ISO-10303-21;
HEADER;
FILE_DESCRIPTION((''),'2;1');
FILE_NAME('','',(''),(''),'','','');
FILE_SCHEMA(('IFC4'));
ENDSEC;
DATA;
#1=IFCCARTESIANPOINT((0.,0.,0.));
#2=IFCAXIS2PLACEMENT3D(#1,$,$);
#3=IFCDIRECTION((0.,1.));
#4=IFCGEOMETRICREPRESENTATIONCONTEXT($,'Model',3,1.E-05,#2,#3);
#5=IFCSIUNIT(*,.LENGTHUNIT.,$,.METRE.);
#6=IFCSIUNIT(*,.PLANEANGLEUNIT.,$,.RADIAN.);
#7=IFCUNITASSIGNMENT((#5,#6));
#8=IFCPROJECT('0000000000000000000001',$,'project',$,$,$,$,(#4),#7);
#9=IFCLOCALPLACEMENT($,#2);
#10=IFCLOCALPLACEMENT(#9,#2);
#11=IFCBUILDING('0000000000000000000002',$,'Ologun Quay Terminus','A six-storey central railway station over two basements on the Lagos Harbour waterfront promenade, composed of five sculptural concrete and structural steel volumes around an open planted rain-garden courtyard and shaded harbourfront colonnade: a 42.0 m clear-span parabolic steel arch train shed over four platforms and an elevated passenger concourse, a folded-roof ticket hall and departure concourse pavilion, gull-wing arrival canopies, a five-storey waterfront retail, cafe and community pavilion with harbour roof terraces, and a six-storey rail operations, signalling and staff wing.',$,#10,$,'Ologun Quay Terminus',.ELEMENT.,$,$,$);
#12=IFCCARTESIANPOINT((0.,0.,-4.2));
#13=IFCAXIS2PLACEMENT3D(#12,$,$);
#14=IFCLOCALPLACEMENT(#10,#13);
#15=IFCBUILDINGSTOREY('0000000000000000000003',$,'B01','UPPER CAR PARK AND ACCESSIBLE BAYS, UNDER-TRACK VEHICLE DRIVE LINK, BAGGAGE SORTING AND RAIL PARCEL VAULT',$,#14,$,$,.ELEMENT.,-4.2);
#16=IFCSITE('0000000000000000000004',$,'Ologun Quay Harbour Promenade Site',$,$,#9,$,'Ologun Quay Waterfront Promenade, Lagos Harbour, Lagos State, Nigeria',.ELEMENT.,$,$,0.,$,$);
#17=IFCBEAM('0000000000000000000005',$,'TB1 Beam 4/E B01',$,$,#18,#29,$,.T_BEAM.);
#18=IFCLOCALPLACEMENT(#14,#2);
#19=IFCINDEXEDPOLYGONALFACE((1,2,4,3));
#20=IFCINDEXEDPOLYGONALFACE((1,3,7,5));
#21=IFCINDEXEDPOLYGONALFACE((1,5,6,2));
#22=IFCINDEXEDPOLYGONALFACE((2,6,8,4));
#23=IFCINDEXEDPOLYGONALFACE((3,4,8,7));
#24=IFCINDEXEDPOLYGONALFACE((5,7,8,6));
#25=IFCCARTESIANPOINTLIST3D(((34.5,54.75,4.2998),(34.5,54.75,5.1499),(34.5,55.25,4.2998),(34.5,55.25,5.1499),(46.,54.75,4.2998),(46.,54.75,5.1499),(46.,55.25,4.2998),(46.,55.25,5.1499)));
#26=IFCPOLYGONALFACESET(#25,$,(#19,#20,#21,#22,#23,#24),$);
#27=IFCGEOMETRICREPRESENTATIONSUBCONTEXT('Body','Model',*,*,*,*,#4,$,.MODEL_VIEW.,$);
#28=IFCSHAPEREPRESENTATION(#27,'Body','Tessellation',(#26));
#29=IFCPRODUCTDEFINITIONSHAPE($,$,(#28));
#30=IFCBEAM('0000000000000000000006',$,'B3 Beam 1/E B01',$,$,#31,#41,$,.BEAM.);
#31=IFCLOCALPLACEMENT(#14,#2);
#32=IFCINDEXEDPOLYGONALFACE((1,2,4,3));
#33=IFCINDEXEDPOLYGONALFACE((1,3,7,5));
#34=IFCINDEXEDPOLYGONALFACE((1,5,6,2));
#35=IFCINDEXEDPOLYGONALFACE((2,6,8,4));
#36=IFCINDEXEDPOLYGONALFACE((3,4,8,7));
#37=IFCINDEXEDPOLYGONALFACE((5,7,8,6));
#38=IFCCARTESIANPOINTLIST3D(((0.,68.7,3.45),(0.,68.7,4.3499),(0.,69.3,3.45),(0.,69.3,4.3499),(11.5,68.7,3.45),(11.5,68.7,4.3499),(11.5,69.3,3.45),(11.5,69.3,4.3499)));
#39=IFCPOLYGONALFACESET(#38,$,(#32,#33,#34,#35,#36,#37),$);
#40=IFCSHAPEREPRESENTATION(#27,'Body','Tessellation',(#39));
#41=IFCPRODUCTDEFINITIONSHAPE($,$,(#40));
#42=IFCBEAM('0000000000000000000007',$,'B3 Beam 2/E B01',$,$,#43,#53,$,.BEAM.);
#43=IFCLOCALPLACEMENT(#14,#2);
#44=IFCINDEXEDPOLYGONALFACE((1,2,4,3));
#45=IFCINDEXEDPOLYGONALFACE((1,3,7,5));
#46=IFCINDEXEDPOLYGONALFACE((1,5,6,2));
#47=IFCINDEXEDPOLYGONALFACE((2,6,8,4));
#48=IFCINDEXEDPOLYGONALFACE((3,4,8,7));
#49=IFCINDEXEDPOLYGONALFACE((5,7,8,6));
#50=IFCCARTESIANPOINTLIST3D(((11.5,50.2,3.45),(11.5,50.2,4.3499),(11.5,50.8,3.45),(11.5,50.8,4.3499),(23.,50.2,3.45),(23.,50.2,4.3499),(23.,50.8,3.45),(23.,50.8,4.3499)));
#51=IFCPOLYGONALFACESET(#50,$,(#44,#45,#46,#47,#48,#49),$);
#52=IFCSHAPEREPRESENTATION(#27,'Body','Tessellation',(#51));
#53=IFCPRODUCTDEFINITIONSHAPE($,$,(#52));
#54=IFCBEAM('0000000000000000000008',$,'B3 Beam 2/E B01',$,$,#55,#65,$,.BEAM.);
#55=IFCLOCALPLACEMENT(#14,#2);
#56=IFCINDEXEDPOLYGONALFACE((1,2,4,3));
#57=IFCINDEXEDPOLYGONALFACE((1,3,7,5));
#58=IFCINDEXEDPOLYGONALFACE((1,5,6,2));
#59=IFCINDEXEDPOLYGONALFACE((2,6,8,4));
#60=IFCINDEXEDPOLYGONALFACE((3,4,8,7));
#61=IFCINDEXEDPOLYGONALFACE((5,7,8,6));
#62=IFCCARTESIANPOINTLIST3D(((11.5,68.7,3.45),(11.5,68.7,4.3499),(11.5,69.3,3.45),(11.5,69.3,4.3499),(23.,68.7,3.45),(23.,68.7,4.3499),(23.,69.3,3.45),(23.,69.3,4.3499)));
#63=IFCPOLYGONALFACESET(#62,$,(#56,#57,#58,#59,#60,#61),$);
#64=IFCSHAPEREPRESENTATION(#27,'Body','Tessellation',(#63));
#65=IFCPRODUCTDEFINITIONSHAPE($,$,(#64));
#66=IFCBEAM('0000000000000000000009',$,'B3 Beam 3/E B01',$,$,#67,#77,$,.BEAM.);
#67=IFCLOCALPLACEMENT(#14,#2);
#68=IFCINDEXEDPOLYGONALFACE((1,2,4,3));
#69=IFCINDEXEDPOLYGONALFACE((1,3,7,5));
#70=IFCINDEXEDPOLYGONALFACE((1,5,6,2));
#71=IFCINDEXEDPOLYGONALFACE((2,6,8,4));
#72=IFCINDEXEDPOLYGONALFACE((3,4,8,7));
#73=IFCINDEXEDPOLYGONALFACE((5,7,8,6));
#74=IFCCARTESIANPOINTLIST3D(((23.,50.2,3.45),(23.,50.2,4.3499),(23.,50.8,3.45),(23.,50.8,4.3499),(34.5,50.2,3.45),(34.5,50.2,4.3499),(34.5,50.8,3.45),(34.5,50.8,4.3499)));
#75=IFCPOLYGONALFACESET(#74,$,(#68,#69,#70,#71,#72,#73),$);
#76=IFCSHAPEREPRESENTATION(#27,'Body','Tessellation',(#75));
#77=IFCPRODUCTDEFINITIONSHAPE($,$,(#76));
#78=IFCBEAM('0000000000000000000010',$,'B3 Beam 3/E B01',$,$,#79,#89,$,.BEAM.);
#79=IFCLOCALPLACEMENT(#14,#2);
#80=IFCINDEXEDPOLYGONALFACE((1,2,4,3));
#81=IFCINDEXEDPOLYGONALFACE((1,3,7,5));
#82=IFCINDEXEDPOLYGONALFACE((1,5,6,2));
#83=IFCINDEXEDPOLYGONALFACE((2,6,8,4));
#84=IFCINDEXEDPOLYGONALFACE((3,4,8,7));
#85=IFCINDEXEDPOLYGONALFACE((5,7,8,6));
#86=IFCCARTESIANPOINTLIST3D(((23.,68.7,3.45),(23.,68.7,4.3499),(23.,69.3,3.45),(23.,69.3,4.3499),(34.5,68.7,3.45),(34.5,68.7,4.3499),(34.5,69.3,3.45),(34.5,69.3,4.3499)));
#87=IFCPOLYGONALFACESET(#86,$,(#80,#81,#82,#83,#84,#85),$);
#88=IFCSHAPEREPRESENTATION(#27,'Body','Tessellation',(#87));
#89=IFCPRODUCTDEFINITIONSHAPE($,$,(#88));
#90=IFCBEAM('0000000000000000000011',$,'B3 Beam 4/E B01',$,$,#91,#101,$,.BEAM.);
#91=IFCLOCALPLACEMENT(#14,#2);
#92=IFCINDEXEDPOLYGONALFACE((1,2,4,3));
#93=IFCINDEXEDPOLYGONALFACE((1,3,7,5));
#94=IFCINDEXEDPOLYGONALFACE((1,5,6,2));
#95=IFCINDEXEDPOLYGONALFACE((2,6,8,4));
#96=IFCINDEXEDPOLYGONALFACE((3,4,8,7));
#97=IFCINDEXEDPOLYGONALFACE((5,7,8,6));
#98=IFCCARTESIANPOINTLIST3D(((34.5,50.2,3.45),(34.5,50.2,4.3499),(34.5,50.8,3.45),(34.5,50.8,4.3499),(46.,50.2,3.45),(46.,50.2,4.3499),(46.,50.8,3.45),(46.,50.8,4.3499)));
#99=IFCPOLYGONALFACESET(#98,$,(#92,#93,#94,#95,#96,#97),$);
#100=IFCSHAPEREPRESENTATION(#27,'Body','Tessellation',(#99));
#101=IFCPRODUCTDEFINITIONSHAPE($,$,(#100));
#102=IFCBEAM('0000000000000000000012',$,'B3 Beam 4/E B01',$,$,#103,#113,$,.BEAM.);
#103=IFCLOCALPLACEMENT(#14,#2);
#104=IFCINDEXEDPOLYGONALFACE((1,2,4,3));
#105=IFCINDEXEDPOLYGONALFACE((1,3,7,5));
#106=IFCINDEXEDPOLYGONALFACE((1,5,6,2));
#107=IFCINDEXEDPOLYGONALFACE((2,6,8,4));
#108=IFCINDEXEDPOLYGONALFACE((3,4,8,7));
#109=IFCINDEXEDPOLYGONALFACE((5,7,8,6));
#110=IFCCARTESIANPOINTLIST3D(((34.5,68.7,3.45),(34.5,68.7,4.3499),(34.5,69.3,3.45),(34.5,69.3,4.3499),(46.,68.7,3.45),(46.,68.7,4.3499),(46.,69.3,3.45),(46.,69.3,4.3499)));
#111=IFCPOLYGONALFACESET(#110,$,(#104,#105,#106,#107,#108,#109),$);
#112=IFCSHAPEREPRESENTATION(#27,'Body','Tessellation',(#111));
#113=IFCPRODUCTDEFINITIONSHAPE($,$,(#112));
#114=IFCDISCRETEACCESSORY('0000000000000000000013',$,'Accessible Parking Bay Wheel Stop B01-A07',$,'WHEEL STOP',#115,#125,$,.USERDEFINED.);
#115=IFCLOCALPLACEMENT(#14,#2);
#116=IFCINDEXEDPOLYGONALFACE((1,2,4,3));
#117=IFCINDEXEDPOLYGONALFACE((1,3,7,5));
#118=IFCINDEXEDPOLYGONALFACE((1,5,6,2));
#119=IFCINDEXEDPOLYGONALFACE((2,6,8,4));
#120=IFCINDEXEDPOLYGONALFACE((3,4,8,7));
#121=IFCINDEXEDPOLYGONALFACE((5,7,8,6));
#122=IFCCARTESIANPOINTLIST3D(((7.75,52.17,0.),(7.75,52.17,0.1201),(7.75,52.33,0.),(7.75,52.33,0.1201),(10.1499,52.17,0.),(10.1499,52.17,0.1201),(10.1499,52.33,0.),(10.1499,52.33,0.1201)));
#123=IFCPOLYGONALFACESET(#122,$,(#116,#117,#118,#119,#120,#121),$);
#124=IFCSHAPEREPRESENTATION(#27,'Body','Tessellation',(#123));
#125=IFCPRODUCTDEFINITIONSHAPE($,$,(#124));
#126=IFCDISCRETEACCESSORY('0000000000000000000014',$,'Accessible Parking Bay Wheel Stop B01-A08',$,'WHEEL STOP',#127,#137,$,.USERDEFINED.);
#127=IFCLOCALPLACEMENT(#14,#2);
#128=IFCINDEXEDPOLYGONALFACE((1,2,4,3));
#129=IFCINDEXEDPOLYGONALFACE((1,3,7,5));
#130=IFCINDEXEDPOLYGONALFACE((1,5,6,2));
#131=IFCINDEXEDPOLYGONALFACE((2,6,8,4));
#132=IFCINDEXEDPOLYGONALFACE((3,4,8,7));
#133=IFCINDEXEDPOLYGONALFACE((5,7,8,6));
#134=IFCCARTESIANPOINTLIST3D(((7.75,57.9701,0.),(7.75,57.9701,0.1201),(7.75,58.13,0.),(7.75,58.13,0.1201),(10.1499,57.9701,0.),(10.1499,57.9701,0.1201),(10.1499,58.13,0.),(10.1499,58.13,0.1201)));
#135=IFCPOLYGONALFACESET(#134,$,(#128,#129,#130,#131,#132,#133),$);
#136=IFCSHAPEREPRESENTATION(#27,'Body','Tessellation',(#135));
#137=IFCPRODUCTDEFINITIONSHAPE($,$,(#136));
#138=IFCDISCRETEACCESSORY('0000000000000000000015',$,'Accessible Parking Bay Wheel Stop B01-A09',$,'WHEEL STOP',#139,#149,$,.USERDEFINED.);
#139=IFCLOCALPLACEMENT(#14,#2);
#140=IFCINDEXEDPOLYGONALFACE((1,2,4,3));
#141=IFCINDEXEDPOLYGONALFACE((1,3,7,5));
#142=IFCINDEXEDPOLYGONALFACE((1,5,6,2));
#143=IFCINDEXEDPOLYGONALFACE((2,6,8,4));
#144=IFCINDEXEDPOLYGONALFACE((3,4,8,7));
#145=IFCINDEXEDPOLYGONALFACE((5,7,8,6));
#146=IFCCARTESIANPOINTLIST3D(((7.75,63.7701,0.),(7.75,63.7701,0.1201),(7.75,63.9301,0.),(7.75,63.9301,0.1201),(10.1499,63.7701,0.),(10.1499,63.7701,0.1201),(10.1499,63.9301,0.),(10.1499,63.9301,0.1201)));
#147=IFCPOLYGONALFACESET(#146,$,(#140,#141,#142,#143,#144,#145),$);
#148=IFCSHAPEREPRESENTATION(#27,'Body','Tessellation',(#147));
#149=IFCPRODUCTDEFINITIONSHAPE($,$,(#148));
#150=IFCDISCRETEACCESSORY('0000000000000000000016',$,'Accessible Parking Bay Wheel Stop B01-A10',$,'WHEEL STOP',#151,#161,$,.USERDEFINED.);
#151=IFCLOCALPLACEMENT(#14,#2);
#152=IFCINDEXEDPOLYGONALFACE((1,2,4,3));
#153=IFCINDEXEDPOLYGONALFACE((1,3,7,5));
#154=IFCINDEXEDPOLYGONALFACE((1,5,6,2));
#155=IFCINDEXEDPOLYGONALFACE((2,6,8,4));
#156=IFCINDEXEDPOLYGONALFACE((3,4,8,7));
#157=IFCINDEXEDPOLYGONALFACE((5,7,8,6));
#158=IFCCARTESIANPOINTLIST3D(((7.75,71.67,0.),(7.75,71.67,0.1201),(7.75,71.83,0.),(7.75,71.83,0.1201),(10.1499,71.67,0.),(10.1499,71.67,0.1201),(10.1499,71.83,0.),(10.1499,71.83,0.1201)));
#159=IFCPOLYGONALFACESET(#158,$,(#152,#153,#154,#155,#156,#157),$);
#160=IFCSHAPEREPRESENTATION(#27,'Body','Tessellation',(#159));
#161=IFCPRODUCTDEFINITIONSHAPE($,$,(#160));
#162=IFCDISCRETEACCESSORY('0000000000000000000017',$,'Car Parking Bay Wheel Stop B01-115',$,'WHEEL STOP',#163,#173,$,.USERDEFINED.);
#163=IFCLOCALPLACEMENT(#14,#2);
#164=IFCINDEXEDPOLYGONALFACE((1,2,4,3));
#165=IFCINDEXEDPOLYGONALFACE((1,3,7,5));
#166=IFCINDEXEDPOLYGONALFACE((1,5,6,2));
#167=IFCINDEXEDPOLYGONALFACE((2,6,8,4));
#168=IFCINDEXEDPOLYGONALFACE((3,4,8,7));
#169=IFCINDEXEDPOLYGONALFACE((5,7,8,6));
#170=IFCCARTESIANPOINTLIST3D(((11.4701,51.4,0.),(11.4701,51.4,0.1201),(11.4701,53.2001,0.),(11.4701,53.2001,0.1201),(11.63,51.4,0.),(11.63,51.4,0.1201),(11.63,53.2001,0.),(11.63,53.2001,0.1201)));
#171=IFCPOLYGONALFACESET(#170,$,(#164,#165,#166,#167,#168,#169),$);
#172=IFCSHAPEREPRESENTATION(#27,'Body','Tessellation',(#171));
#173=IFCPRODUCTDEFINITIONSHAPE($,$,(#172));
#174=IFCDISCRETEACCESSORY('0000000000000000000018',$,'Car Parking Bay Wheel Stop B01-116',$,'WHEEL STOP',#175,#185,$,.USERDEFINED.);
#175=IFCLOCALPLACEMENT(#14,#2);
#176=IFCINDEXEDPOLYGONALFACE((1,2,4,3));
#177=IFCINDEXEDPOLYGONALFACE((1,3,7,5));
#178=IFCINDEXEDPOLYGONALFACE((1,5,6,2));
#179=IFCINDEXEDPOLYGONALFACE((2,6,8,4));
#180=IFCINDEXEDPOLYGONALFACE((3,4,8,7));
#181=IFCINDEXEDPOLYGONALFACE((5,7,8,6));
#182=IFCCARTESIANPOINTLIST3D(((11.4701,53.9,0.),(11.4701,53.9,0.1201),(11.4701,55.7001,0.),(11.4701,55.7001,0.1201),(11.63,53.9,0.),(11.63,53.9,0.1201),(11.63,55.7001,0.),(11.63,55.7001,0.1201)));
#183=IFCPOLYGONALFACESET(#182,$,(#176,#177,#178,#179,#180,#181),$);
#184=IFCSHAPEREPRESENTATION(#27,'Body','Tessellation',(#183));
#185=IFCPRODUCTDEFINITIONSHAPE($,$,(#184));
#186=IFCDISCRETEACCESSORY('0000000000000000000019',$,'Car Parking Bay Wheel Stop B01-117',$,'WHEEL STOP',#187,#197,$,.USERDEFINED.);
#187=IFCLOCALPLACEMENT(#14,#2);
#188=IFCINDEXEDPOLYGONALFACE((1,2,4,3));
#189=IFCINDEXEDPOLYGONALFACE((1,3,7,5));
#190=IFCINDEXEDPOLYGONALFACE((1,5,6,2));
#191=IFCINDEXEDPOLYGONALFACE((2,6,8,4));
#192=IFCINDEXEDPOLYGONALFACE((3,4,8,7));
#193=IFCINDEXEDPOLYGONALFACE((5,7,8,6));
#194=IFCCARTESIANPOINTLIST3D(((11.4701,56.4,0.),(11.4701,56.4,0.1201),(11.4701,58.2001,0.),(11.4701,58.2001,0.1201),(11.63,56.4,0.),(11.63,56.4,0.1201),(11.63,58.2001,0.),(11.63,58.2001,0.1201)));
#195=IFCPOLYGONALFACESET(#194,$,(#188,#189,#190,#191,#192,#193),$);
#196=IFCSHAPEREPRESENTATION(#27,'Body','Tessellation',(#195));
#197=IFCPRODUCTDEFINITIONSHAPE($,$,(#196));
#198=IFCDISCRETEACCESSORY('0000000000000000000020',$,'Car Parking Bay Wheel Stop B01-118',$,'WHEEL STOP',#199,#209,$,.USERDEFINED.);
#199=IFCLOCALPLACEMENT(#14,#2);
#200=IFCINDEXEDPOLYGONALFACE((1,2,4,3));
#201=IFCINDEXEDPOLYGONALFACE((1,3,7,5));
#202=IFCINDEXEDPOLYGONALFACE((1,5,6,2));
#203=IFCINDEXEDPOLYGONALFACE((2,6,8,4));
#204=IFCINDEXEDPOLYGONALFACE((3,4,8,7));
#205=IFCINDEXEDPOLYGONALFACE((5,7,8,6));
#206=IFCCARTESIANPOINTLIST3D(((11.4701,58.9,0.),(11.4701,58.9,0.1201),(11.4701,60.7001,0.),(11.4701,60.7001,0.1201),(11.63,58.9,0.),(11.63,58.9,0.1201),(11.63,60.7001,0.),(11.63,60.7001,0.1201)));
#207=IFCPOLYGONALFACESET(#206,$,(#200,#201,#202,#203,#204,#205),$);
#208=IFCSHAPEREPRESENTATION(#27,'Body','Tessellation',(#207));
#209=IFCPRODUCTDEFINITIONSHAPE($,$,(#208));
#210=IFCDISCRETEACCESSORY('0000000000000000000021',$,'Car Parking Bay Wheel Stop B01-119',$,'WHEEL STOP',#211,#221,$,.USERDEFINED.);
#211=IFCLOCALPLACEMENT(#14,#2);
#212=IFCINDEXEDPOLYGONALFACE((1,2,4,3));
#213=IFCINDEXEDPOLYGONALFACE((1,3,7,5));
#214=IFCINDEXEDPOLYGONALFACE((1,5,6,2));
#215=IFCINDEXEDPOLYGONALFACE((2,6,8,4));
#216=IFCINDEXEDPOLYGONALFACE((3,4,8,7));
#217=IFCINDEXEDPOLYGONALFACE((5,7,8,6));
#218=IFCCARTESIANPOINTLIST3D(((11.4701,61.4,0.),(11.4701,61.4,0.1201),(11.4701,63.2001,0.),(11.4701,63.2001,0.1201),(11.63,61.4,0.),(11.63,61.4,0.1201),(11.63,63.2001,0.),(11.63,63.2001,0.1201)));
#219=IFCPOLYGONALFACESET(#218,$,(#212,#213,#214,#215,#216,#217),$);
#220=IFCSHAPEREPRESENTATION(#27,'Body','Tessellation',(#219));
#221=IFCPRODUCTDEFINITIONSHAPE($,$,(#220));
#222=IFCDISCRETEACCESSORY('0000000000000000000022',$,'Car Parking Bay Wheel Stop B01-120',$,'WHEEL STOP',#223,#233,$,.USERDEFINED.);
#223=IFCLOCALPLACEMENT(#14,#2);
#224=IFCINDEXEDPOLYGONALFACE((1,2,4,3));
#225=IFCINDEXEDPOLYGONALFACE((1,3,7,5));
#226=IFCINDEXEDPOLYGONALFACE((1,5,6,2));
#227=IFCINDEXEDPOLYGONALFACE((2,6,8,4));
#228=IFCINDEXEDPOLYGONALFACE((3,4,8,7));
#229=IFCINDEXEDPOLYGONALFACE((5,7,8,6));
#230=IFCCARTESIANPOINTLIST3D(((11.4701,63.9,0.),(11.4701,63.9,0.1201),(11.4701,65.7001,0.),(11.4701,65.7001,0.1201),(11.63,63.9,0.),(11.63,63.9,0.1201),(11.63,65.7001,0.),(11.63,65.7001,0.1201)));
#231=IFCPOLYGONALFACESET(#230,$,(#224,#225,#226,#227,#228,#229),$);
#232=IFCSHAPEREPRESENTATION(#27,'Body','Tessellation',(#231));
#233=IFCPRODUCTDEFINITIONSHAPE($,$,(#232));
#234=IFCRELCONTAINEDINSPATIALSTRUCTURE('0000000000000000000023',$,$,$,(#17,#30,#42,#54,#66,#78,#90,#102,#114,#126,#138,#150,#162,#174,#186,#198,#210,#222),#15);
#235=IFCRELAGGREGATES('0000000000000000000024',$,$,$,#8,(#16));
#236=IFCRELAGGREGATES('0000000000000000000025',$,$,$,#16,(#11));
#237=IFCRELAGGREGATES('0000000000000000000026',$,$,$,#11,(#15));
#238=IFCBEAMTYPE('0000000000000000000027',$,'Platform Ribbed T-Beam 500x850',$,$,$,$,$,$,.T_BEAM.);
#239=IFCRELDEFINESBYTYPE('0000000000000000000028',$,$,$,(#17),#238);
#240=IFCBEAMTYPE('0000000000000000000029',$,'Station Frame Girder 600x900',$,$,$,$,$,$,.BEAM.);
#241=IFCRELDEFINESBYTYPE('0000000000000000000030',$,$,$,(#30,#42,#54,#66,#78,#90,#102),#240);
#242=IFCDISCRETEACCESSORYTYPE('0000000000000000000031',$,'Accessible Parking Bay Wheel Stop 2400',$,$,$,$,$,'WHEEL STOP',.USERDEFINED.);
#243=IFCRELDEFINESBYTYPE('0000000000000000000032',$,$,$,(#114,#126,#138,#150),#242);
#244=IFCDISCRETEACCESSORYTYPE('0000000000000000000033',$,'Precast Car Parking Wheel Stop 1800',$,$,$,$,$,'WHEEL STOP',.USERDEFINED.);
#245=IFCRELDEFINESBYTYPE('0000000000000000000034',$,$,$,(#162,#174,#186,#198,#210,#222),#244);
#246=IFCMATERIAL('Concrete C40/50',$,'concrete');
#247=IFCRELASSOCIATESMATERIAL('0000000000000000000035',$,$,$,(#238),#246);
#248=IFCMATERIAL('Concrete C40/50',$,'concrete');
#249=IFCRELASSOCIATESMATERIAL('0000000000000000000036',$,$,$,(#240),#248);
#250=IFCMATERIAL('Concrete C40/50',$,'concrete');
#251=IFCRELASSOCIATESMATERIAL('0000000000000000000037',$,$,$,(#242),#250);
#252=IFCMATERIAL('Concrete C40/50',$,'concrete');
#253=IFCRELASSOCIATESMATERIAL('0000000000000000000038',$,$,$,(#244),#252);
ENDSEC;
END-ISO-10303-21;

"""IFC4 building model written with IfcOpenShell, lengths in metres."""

from ifc_helpers import new_model, si_unit, direction, frame, origin, origin_2d, place, context, subcontext, project, spatial, rectangle, extrude, material, material_profile, profile_set, type_object, element, save


model = new_model("IFC4")

# Units and contexts
model_context = context("Model", 3, precision=1e-05, world=origin(), true_north=direction((0.0, 1.0)))
body_context = subcontext(model_context, "Body", "Model", "MODEL_VIEW")
ifc_project = project(units=[si_unit("LENGTHUNIT", "METRE"), si_unit("PLANEANGLEUNIT", "RADIAN")], contexts=[model_context])

# Site, building, storey
site_placement = place(None, origin())
site = spatial("IfcSite", under=ifc_project, at=site_placement, Name="Ologun Quay Harbour Promenade Site", LongName="Ologun Quay Waterfront Promenade, Lagos Harbour, Lagos State, Nigeria", CompositionType="ELEMENT", RefElevation=0.0)
building_placement = place(site_placement, origin())
building = spatial("IfcBuilding", under=site, at=building_placement, Name="Ologun Quay Terminus", Description="A six-storey central railway station over two basements on the Lagos Harbour waterfront promenade, composed of five sculptural concrete and structural steel volumes around an open planted rain-garden courtyard and shaded harbourfront colonnade: a 42.0 m clear-span parabolic steel arch train shed over four platforms and an elevated passenger concourse, a folded-roof ticket hall and departure concourse pavilion, gull-wing arrival canopies, a five-storey waterfront retail, cafe and community pavilion with harbour roof terraces, and a six-storey rail operations, signalling and staff wing.", LongName="Ologun Quay Terminus", CompositionType="ELEMENT")
storey_placement = place(building_placement, frame((0.0, 0.0, -4.2)))
storey = spatial("IfcBuildingStorey", under=building, at=storey_placement, Name="B01", Description="UPPER CAR PARK AND ACCESSIBLE BAYS, UNDER-TRACK VEHICLE DRIVE LINK, BAGGAGE SORTING AND RAIL PARCEL VAULT", CompositionType="ELEMENT", Elevation=-4.2)

# Beams
ifc_material_1 = material(Name="Concrete C40/50", Category="concrete")
ifc_material_profile_1 = material_profile(ifc_material_1, rectangle(XDim=0.5, YDim=0.8501, at=origin_2d()), Name="RC 500x850")
ifc_profile_set_1 = profile_set([ifc_material_profile_1], Name="Concrete C40/50")
beam_type_1 = type_object("IfcBeamType", Name="Platform Ribbed T-Beam 500x850", PredefinedType="T_BEAM", material=ifc_profile_set_1)
for number, where, z_axis, x_axis, name in (
    (1, (34.5, 55.0, 4.7249), (1.0, 0.0, 0.0), (0.0, 1.0, 0.0), "TB1 Beam 4/E B01"),
):
    element("IfcBeam", number, at=place(storey_placement, frame(where, z_axis=z_axis, x_axis=x_axis)), inside=storey, type_object=beam_type_1, Name=name, PredefinedType="T_BEAM", context=body_context, shape_type="SweptSolid", body=[
        extrude(rectangle(XDim=0.5, YDim=0.8501, at=origin_2d()), origin(), (0.0, 0.0, 1.0), 11.5),
    ])
ifc_material_2 = material(Name="Concrete C40/50", Category="concrete")
ifc_material_profile_2 = material_profile(ifc_material_2, rectangle(XDim=0.6001, YDim=0.8999, at=origin_2d()), Name="RC 600x900")
ifc_profile_set_2 = profile_set([ifc_material_profile_2], Name="Concrete C40/50")
beam_type_2 = type_object("IfcBeamType", Name="Station Frame Girder 600x900", PredefinedType="BEAM", material=ifc_profile_set_2)
for number, where, z_axis, x_axis, name in (
    (2, (0.0, 69.0, 3.8999), (1.0, 0.0, 0.0), (0.0, 1.0, 0.0), "B3 Beam 1/E B01"),
    (3, (11.5, 50.5, 3.8999), (1.0, 0.0, 0.0), (0.0, 1.0, 0.0), "B3 Beam 2/E B01"),
    (4, (11.5, 69.0, 3.8999), (1.0, 0.0, 0.0), (0.0, 1.0, 0.0), "B3 Beam 2/E B01"),
    (5, (23.0, 50.5, 3.8999), (1.0, 0.0, 0.0), (0.0, 1.0, 0.0), "B3 Beam 3/E B01"),
    (6, (23.0, 69.0, 3.8999), (1.0, 0.0, 0.0), (0.0, 1.0, 0.0), "B3 Beam 3/E B01"),
    (7, (34.5, 50.5, 3.8999), (1.0, 0.0, 0.0), (0.0, 1.0, 0.0), "B3 Beam 4/E B01"),
    (8, (34.5, 69.0, 3.8999), (1.0, 0.0, 0.0), (0.0, 1.0, 0.0), "B3 Beam 4/E B01"),
):
    element("IfcBeam", number, at=place(storey_placement, frame(where, z_axis=z_axis, x_axis=x_axis)), inside=storey, type_object=beam_type_2, Name=name, PredefinedType="BEAM", context=body_context, shape_type="SweptSolid", body=[
        extrude(rectangle(XDim=0.6001, YDim=0.8999, at=origin_2d()), origin(), (0.0, 0.0, 1.0), 11.5),
    ])

# Discrete accessories
ifc_material_3 = material(Name="Concrete C40/50", Category="concrete")
discrete_accessory_type_1 = type_object("IfcDiscreteAccessoryType", Name="Accessible Parking Bay Wheel Stop 2400", ElementType="WHEEL STOP", PredefinedType="USERDEFINED", material=ifc_material_3)
for number, where, z_axis, x_axis, name in (
    (9, (8.95, 52.25, 0.0), (0.0, 0.0, 1.0), (1.0, 0.0, 0.0), "Accessible Parking Bay Wheel Stop B01-A07"),
    (10, (8.95, 58.05, 0.0), (0.0, 0.0, 1.0), (1.0, 0.0, 0.0), "Accessible Parking Bay Wheel Stop B01-A08"),
    (11, (8.95, 63.8501, 0.0), (0.0, 0.0, 1.0), (1.0, 0.0, 0.0), "Accessible Parking Bay Wheel Stop B01-A09"),
    (12, (8.95, 71.75, 0.0), (0.0, 0.0, 1.0), (1.0, 0.0, 0.0), "Accessible Parking Bay Wheel Stop B01-A10"),
):
    element("IfcDiscreteAccessory", number, at=place(storey_placement, frame(where, z_axis=z_axis, x_axis=x_axis)), inside=storey, type_object=discrete_accessory_type_1, Name=name, ObjectType="WHEEL STOP", PredefinedType="USERDEFINED", context=body_context, shape_type="SweptSolid", body=[
        extrude(rectangle(XDim=2.3999, YDim=0.1599, at=origin_2d()), origin(), (0.0, 0.0, 1.0), 0.1201),
    ])
ifc_material_4 = material(Name="Concrete C40/50", Category="concrete")
discrete_accessory_type_2 = type_object("IfcDiscreteAccessoryType", Name="Precast Car Parking Wheel Stop 1800", ElementType="WHEEL STOP", PredefinedType="USERDEFINED", material=ifc_material_4)
for number, where, z_axis, x_axis, name in (
    (13, (11.55, 52.3, 0.0), (0.0, 0.0, 1.0), (0.0, 1.0, 0.0), "Car Parking Bay Wheel Stop B01-115"),
    (14, (11.55, 54.8, 0.0), (0.0, 0.0, 1.0), (0.0, 1.0, 0.0), "Car Parking Bay Wheel Stop B01-116"),
    (15, (11.55, 57.3, 0.0), (0.0, 0.0, 1.0), (0.0, 1.0, 0.0), "Car Parking Bay Wheel Stop B01-117"),
    (16, (11.55, 59.8, 0.0), (0.0, 0.0, 1.0), (0.0, 1.0, 0.0), "Car Parking Bay Wheel Stop B01-118"),
    (17, (11.55, 62.3, 0.0), (0.0, 0.0, 1.0), (0.0, 1.0, 0.0), "Car Parking Bay Wheel Stop B01-119"),
    (18, (11.55, 64.8, 0.0), (0.0, 0.0, 1.0), (0.0, 1.0, 0.0), "Car Parking Bay Wheel Stop B01-120"),
):
    element("IfcDiscreteAccessory", number, at=place(storey_placement, frame(where, z_axis=z_axis, x_axis=x_axis)), inside=storey, type_object=discrete_accessory_type_2, Name=name, ObjectType="WHEEL STOP", PredefinedType="USERDEFINED", context=body_context, shape_type="SweptSolid", body=[
        extrude(rectangle(XDim=1.8, YDim=0.1599, at=origin_2d()), origin(), (0.0, 0.0, 1.0), 0.1201),
    ])

save(model, "model.ifc")
